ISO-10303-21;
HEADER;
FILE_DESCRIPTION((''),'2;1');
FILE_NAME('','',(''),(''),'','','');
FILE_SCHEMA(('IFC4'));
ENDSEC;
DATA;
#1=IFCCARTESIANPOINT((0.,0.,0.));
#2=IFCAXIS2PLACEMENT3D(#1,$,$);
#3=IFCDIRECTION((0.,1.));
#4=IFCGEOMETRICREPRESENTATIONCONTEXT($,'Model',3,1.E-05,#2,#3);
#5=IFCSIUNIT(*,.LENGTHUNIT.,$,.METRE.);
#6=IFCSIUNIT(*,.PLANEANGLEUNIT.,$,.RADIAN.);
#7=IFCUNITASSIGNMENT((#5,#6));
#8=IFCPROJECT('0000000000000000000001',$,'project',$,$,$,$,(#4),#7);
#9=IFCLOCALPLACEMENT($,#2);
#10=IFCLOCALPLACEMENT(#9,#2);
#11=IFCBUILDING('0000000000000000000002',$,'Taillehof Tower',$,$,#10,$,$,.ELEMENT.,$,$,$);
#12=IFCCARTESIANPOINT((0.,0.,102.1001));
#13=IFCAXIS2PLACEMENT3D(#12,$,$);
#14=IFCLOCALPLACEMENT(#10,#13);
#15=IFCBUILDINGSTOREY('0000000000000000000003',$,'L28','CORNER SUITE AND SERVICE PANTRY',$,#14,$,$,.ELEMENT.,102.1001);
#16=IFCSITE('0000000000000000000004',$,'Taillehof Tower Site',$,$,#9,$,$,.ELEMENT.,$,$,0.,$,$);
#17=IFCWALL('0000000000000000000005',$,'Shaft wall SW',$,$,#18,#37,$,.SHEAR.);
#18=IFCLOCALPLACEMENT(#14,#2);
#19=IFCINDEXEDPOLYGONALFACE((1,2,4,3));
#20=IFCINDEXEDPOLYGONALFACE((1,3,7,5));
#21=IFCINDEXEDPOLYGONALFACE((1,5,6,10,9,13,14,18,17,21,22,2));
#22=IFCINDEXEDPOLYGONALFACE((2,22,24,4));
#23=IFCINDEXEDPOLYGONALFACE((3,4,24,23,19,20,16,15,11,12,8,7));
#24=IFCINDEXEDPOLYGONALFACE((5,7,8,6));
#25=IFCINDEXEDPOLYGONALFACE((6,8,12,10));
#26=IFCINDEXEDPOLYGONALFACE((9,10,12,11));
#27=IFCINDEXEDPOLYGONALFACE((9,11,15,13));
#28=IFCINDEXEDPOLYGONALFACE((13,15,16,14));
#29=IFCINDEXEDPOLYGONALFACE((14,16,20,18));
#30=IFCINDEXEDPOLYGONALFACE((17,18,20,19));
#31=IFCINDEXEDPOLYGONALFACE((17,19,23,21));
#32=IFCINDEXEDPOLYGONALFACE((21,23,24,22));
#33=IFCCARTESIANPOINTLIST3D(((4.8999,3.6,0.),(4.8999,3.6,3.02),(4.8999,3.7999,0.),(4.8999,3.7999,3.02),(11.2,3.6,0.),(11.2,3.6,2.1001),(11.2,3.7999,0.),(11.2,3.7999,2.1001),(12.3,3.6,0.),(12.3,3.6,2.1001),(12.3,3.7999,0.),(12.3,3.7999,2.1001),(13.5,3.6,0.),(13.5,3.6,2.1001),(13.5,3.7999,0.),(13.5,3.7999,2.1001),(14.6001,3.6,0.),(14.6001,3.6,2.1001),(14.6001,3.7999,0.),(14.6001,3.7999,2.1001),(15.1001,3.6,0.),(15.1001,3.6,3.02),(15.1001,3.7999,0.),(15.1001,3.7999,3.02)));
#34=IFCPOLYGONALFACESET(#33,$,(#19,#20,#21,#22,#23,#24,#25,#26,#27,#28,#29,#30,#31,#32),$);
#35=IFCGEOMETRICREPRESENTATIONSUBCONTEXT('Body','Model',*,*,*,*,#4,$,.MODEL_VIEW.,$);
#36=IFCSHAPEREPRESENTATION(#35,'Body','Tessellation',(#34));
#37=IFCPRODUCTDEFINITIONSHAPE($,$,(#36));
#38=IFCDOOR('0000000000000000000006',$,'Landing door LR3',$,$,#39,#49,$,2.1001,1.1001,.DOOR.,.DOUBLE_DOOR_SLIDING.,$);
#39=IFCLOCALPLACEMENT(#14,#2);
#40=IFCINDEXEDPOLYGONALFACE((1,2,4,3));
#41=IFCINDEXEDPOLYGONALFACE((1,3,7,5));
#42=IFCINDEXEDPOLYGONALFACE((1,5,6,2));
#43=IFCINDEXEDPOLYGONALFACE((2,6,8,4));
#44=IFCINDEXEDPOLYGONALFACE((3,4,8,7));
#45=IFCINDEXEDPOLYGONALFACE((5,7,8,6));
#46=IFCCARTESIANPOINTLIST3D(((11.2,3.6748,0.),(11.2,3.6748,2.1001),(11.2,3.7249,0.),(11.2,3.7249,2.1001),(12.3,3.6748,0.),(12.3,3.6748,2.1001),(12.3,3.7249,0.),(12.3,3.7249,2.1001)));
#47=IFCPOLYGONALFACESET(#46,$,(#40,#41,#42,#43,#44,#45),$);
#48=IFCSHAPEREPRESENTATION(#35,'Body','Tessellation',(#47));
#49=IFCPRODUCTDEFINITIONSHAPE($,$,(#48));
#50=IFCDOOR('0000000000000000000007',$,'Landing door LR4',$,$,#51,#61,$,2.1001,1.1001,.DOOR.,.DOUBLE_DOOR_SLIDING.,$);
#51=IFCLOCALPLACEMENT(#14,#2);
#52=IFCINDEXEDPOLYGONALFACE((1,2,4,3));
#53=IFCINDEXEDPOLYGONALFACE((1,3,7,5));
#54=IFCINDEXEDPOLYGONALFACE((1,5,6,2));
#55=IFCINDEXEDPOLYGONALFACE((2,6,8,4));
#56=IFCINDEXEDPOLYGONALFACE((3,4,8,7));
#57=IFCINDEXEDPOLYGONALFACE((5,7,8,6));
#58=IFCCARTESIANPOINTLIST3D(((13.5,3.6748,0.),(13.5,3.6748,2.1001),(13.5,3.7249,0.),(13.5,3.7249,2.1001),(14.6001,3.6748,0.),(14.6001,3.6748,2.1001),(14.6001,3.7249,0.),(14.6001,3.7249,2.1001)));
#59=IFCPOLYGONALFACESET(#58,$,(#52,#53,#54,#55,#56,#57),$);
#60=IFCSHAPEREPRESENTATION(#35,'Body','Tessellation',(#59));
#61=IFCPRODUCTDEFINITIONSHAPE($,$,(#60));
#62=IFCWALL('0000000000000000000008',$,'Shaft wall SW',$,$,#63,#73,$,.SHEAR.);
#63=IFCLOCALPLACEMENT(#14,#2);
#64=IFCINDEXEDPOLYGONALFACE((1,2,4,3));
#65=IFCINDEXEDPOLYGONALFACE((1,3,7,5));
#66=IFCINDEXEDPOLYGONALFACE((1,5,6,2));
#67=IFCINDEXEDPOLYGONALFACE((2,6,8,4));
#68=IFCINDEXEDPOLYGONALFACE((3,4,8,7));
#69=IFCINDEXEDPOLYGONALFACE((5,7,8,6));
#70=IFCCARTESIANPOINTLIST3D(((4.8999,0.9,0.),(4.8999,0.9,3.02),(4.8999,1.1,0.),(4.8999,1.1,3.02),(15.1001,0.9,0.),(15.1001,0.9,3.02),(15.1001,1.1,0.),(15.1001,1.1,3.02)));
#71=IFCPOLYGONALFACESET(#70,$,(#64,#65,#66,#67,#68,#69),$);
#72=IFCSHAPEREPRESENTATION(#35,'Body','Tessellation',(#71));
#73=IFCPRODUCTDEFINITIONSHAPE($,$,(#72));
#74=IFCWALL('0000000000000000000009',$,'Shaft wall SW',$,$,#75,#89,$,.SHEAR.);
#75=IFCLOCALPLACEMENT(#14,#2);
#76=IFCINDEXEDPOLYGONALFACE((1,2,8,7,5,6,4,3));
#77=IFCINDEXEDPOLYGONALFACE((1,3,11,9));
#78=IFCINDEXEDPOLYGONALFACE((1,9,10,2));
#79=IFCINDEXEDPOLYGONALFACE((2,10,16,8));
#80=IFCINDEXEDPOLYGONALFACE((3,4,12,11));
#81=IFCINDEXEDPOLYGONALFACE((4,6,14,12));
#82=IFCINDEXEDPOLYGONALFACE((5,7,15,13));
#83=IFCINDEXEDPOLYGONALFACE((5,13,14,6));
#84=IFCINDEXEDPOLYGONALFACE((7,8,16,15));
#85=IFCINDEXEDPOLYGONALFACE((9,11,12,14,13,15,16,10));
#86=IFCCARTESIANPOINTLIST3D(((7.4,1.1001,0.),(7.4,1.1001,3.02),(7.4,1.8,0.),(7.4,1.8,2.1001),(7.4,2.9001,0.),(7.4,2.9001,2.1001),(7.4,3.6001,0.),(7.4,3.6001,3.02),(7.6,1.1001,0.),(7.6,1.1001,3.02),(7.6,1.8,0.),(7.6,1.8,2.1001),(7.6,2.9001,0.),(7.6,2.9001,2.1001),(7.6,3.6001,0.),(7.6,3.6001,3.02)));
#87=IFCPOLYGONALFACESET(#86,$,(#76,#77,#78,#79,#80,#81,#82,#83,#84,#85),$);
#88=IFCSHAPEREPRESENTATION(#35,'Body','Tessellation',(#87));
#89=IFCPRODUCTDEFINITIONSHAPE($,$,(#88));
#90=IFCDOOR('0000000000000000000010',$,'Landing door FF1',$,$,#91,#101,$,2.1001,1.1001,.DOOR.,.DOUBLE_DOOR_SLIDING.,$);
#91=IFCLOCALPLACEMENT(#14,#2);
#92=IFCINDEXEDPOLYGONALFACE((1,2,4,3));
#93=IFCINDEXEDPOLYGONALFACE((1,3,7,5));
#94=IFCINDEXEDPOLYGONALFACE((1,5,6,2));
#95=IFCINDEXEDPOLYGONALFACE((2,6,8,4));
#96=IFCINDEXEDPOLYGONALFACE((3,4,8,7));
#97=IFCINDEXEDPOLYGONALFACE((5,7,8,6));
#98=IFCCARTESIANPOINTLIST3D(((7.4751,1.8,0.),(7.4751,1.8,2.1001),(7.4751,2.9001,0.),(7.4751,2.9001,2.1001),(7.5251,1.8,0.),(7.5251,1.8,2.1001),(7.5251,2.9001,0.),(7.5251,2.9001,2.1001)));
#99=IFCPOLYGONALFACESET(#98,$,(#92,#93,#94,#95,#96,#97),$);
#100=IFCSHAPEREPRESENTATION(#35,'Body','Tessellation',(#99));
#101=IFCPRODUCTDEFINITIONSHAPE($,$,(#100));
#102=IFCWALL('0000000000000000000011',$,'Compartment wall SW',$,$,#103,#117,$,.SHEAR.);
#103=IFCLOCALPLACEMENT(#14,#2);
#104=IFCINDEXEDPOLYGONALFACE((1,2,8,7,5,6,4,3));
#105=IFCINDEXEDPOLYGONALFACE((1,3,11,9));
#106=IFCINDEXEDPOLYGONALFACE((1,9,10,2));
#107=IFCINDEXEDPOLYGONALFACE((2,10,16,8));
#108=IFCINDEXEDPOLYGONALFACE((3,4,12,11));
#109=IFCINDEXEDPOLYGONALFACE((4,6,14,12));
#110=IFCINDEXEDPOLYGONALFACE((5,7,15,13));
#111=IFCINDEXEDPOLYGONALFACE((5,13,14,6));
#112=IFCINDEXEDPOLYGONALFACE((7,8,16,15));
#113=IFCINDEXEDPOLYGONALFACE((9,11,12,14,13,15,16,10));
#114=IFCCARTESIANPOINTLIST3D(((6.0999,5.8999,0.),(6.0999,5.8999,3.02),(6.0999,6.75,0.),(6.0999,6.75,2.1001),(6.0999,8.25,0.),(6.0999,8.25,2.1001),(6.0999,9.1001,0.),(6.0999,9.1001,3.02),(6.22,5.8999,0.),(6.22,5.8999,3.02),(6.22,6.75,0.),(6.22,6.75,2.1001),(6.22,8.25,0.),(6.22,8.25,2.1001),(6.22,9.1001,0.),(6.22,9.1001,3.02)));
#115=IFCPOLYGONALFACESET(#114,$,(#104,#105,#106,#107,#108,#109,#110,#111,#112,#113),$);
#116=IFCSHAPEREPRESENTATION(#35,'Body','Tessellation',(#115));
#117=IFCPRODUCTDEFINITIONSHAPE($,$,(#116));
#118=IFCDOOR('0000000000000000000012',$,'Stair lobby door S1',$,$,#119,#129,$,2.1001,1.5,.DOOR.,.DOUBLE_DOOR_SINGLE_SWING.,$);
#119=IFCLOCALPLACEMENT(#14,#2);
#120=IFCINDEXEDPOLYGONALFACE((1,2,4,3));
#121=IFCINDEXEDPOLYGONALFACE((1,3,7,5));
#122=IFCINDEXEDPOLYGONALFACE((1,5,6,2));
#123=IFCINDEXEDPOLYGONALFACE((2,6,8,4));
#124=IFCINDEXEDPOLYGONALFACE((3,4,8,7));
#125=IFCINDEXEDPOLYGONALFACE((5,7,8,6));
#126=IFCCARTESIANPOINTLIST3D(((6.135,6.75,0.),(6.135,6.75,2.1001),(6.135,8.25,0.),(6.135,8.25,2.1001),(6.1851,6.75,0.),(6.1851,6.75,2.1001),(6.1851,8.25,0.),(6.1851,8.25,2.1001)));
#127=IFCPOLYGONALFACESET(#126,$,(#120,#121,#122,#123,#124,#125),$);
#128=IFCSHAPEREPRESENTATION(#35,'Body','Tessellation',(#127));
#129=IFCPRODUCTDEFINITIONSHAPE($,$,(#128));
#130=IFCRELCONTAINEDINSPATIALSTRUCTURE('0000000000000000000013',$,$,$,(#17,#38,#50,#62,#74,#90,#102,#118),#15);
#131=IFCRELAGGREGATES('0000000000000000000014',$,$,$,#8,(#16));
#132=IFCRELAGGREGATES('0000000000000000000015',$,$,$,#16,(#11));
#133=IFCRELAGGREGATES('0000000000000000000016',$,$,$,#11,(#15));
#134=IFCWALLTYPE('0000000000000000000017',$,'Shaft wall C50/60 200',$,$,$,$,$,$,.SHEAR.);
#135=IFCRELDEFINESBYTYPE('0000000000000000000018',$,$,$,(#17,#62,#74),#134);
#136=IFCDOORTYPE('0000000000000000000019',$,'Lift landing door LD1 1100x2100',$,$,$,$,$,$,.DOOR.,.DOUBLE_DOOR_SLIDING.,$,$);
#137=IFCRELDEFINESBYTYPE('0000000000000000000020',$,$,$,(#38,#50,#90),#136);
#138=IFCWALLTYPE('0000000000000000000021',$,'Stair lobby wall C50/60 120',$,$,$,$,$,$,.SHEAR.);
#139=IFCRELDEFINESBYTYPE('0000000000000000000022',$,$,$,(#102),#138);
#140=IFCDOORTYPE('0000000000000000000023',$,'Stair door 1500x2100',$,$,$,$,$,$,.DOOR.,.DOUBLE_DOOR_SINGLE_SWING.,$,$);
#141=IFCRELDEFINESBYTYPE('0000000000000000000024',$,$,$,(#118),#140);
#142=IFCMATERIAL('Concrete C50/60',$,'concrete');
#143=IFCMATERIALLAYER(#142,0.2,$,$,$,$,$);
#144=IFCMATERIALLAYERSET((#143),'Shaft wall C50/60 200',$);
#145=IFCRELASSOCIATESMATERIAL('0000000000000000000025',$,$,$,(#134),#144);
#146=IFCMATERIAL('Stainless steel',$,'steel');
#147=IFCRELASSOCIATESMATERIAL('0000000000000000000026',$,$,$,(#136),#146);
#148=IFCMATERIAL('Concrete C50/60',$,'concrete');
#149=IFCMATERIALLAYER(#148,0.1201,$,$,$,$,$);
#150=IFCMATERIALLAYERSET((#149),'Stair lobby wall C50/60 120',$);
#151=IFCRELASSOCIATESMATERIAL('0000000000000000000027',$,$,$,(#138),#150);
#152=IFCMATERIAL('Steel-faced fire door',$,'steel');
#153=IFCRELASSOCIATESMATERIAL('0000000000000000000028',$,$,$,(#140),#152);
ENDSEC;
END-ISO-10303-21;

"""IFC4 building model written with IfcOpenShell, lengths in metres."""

from ifc_helpers import new_model, si_unit, direction, frame, frame_2d, origin, place, context, subcontext, project, spatial, rectangle, extrude, material, layer, layer_set, type_object, element, fill, save


model = new_model("IFC4")

# Units and contexts
model_context = context("Model", 3, precision=1e-05, world=origin(), true_north=direction((0.0, 1.0)))
body_context = subcontext(model_context, "Body", "Model", "MODEL_VIEW")
ifc_project = project(units=[si_unit("LENGTHUNIT", "METRE"), si_unit("PLANEANGLEUNIT", "RADIAN")], contexts=[model_context])

# Site, building, storey
site_placement = place(None, origin())
site = spatial("IfcSite", under=ifc_project, at=site_placement, Name="Taillehof Tower Site", CompositionType="ELEMENT", RefElevation=0.0)
building_placement = place(site_placement, origin())
building = spatial("IfcBuilding", under=site, at=building_placement, Name="Taillehof Tower", CompositionType="ELEMENT")
storey_placement = place(building_placement, frame((0.0, 0.0, 102.1001)))
storey = spatial("IfcBuildingStorey", under=building, at=storey_placement, Name="L28", Description="CORNER SUITE AND SERVICE PANTRY", CompositionType="ELEMENT", Elevation=102.1001)

# Wall, openings, doors
ifc_material_1 = material(Name="Concrete C50/60", Category="concrete")
ifc_layer_1 = layer(ifc_material_1, 0.2)
ifc_layer_set_1 = layer_set([ifc_layer_1], Name="Shaft wall C50/60 200")
wall_type_1 = type_object("IfcWallType", Name="Shaft wall C50/60 200", PredefinedType="SHEAR", material=ifc_layer_set_1)
ifc_material_2 = material(Name="Stainless steel", Category="steel")
door_type_1 = type_object("IfcDoorType", Name="Lift landing door LD1 1100x2100", OperationType="DOUBLE_DOOR_SLIDING", PredefinedType="DOOR", material=ifc_material_2)
wall_1_placement = place(storey_placement, frame((4.8999, 3.7, 0.0), z_axis=(0.0, 0.0, 1.0), x_axis=(1.0, 0.0, 0.0)))
wall_1 = element("IfcWall", 1, at=wall_1_placement, inside=storey, type_object=wall_type_1, Name="Shaft wall SW", PredefinedType="SHEAR", context=body_context, shape_type="SweptSolid", body=[
    extrude(rectangle(XDim=10.2002, YDim=0.2, at=frame_2d((5.1001, 0.0))), origin(), (0.0, 0.0, 1.0), 3.02),
])
opening_1_placement = place(wall_1_placement, frame((6.3, 0.0, 0.0)))
opening_1 = element("IfcOpeningElement", 2, at=opening_1_placement, cuts=wall_1, PredefinedType="OPENING", context=body_context, shape_type="SweptSolid", body=[
    extrude(rectangle(XDim=1.1001, YDim=2.1001, at=frame_2d((0.55, 1.05))), frame((0.0, 0.1099, 0.0), z_axis=(0.0, -1.0, 0.0), x_axis=(1.0, 0.0, 0.0)), (0.0, 0.0, 1.0), 0.22),
])
opening_2_placement = place(wall_1_placement, frame((8.6001, 0.0, 0.0)))
opening_2 = element("IfcOpeningElement", 3, at=opening_2_placement, cuts=wall_1, PredefinedType="OPENING", context=body_context, shape_type="SweptSolid", body=[
    extrude(rectangle(XDim=1.1001, YDim=2.1001, at=frame_2d((0.55, 1.05))), frame((0.0, 0.1099, 0.0), z_axis=(0.0, -1.0, 0.0), x_axis=(1.0, 0.0, 0.0)), (0.0, 0.0, 1.0), 0.22),
])
door_1_placement = place(opening_1_placement, origin())
door_1 = element("IfcDoor", 4, at=door_1_placement, inside=storey, type_object=door_type_1, Name="Landing door LR3", OperationType="DOUBLE_DOOR_SLIDING", OverallHeight=2.1001, OverallWidth=1.1001, PredefinedType="DOOR", context=body_context, shape_type="SweptSolid", body=[
    extrude(rectangle(XDim=1.1001, YDim=2.1001, at=frame_2d((0.55, 1.05))), frame((0.0, 0.0249, 0.0), z_axis=(0.0, -1.0, 0.0), x_axis=(1.0, 0.0, 0.0)), (0.0, 0.0, 1.0), 0.05),
])
fill(opening_1, door_1)
door_2_placement = place(opening_2_placement, origin())
door_2 = element("IfcDoor", 5, at=door_2_placement, inside=storey, type_object=door_type_1, Name="Landing door LR4", OperationType="DOUBLE_DOOR_SLIDING", OverallHeight=2.1001, OverallWidth=1.1001, PredefinedType="DOOR", context=body_context, shape_type="SweptSolid", body=[
    extrude(rectangle(XDim=1.1001, YDim=2.1001, at=frame_2d((0.55, 1.05))), frame((0.0, 0.0249, 0.0), z_axis=(0.0, -1.0, 0.0), x_axis=(1.0, 0.0, 0.0)), (0.0, 0.0, 1.0), 0.05),
])
fill(opening_2, door_2)

# Wall
wall_2_placement = place(storey_placement, frame((4.8999, 1.0, 0.0), z_axis=(0.0, 0.0, 1.0), x_axis=(1.0, 0.0, 0.0)))
element("IfcWall", 6, at=wall_2_placement, inside=storey, type_object=wall_type_1, Name="Shaft wall SW", PredefinedType="SHEAR", context=body_context, shape_type="SweptSolid", body=[
    extrude(rectangle(XDim=10.2002, YDim=0.2, at=frame_2d((5.1001, 0.0))), origin(), (0.0, 0.0, 1.0), 3.02),
])

# Walls, openings, doors
wall_3_placement = place(storey_placement, frame((7.5, 1.1001, 0.0), z_axis=(0.0, 0.0, 1.0), x_axis=(0.0, 1.0, 0.0)))
wall_3 = element("IfcWall", 7, at=wall_3_placement, inside=storey, type_object=wall_type_1, Name="Shaft wall SW", PredefinedType="SHEAR", context=body_context, shape_type="SweptSolid", body=[
    extrude(rectangle(XDim=2.5, YDim=0.2, at=frame_2d((1.25, 0.0))), origin(), (0.0, 0.0, 1.0), 3.02),
])
opening_3_placement = place(wall_3_placement, frame((0.7, 0.0, 0.0)))
opening_3 = element("IfcOpeningElement", 8, at=opening_3_placement, cuts=wall_3, PredefinedType="OPENING", context=body_context, shape_type="SweptSolid", body=[
    extrude(rectangle(XDim=1.1001, YDim=2.1001, at=frame_2d((0.55, 1.05))), frame((0.0, 0.1099, 0.0), z_axis=(0.0, -1.0, 0.0), x_axis=(1.0, 0.0, 0.0)), (0.0, 0.0, 1.0), 0.22),
])
door_3_placement = place(opening_3_placement, origin())
door_3 = element("IfcDoor", 9, at=door_3_placement, inside=storey, type_object=door_type_1, Name="Landing door FF1", OperationType="DOUBLE_DOOR_SLIDING", OverallHeight=2.1001, OverallWidth=1.1001, PredefinedType="DOOR", context=body_context, shape_type="SweptSolid", body=[
    extrude(rectangle(XDim=1.1001, YDim=2.1001, at=frame_2d((0.55, 1.05))), frame((0.0, 0.0249, 0.0), z_axis=(0.0, -1.0, 0.0), x_axis=(1.0, 0.0, 0.0)), (0.0, 0.0, 1.0), 0.05),
])
fill(opening_3, door_3)
ifc_material_3 = material(Name="Concrete C50/60", Category="concrete")
ifc_layer_2 = layer(ifc_material_3, 0.1201)
ifc_layer_set_2 = layer_set([ifc_layer_2], Name="Stair lobby wall C50/60 120")
wall_type_2 = type_object("IfcWallType", Name="Stair lobby wall C50/60 120", PredefinedType="SHEAR", material=ifc_layer_set_2)
wall_4_placement = place(storey_placement, frame((6.1599, 5.8999, 0.0), z_axis=(0.0, 0.0, 1.0), x_axis=(0.0, 1.0, 0.0)))
wall_4 = element("IfcWall", 10, at=wall_4_placement, inside=storey, type_object=wall_type_2, Name="Compartment wall SW", PredefinedType="SHEAR", context=body_context, shape_type="SweptSolid", body=[
    extrude(rectangle(XDim=3.2002, YDim=0.1201, at=frame_2d((1.6001, 0.0))), origin(), (0.0, 0.0, 1.0), 3.02),
])
opening_4_placement = place(wall_4_placement, frame((0.8501, 0.0, 0.0)))
opening_4 = element("IfcOpeningElement", 11, at=opening_4_placement, cuts=wall_4, PredefinedType="OPENING", context=body_context, shape_type="SweptSolid", body=[
    extrude(rectangle(XDim=1.5, YDim=2.1001, at=frame_2d((0.75, 1.05))), frame((0.0, 0.0701, 0.0), z_axis=(0.0, -1.0, 0.0), x_axis=(1.0, 0.0, 0.0)), (0.0, 0.0, 1.0), 0.1401),
])
ifc_material_4 = material(Name="Steel-faced fire door", Category="steel")
door_type_2 = type_object("IfcDoorType", Name="Stair door 1500x2100", OperationType="DOUBLE_DOOR_SINGLE_SWING", PredefinedType="DOOR", material=ifc_material_4)
door_4_placement = place(opening_4_placement, origin())
door_4 = element("IfcDoor", 12, at=door_4_placement, inside=storey, type_object=door_type_2, Name="Stair lobby door S1", OperationType="DOUBLE_DOOR_SINGLE_SWING", OverallHeight=2.1001, OverallWidth=1.5, PredefinedType="DOOR", context=body_context, shape_type="SweptSolid", body=[
    extrude(rectangle(XDim=1.5, YDim=2.1001, at=frame_2d((0.75, 1.05))), frame((0.0, 0.0249, 0.0), z_axis=(0.0, -1.0, 0.0), x_axis=(1.0, 0.0, 0.0)), (0.0, 0.0, 1.0), 0.05),
])
fill(opening_4, door_4)

save(model, "model.ifc")
